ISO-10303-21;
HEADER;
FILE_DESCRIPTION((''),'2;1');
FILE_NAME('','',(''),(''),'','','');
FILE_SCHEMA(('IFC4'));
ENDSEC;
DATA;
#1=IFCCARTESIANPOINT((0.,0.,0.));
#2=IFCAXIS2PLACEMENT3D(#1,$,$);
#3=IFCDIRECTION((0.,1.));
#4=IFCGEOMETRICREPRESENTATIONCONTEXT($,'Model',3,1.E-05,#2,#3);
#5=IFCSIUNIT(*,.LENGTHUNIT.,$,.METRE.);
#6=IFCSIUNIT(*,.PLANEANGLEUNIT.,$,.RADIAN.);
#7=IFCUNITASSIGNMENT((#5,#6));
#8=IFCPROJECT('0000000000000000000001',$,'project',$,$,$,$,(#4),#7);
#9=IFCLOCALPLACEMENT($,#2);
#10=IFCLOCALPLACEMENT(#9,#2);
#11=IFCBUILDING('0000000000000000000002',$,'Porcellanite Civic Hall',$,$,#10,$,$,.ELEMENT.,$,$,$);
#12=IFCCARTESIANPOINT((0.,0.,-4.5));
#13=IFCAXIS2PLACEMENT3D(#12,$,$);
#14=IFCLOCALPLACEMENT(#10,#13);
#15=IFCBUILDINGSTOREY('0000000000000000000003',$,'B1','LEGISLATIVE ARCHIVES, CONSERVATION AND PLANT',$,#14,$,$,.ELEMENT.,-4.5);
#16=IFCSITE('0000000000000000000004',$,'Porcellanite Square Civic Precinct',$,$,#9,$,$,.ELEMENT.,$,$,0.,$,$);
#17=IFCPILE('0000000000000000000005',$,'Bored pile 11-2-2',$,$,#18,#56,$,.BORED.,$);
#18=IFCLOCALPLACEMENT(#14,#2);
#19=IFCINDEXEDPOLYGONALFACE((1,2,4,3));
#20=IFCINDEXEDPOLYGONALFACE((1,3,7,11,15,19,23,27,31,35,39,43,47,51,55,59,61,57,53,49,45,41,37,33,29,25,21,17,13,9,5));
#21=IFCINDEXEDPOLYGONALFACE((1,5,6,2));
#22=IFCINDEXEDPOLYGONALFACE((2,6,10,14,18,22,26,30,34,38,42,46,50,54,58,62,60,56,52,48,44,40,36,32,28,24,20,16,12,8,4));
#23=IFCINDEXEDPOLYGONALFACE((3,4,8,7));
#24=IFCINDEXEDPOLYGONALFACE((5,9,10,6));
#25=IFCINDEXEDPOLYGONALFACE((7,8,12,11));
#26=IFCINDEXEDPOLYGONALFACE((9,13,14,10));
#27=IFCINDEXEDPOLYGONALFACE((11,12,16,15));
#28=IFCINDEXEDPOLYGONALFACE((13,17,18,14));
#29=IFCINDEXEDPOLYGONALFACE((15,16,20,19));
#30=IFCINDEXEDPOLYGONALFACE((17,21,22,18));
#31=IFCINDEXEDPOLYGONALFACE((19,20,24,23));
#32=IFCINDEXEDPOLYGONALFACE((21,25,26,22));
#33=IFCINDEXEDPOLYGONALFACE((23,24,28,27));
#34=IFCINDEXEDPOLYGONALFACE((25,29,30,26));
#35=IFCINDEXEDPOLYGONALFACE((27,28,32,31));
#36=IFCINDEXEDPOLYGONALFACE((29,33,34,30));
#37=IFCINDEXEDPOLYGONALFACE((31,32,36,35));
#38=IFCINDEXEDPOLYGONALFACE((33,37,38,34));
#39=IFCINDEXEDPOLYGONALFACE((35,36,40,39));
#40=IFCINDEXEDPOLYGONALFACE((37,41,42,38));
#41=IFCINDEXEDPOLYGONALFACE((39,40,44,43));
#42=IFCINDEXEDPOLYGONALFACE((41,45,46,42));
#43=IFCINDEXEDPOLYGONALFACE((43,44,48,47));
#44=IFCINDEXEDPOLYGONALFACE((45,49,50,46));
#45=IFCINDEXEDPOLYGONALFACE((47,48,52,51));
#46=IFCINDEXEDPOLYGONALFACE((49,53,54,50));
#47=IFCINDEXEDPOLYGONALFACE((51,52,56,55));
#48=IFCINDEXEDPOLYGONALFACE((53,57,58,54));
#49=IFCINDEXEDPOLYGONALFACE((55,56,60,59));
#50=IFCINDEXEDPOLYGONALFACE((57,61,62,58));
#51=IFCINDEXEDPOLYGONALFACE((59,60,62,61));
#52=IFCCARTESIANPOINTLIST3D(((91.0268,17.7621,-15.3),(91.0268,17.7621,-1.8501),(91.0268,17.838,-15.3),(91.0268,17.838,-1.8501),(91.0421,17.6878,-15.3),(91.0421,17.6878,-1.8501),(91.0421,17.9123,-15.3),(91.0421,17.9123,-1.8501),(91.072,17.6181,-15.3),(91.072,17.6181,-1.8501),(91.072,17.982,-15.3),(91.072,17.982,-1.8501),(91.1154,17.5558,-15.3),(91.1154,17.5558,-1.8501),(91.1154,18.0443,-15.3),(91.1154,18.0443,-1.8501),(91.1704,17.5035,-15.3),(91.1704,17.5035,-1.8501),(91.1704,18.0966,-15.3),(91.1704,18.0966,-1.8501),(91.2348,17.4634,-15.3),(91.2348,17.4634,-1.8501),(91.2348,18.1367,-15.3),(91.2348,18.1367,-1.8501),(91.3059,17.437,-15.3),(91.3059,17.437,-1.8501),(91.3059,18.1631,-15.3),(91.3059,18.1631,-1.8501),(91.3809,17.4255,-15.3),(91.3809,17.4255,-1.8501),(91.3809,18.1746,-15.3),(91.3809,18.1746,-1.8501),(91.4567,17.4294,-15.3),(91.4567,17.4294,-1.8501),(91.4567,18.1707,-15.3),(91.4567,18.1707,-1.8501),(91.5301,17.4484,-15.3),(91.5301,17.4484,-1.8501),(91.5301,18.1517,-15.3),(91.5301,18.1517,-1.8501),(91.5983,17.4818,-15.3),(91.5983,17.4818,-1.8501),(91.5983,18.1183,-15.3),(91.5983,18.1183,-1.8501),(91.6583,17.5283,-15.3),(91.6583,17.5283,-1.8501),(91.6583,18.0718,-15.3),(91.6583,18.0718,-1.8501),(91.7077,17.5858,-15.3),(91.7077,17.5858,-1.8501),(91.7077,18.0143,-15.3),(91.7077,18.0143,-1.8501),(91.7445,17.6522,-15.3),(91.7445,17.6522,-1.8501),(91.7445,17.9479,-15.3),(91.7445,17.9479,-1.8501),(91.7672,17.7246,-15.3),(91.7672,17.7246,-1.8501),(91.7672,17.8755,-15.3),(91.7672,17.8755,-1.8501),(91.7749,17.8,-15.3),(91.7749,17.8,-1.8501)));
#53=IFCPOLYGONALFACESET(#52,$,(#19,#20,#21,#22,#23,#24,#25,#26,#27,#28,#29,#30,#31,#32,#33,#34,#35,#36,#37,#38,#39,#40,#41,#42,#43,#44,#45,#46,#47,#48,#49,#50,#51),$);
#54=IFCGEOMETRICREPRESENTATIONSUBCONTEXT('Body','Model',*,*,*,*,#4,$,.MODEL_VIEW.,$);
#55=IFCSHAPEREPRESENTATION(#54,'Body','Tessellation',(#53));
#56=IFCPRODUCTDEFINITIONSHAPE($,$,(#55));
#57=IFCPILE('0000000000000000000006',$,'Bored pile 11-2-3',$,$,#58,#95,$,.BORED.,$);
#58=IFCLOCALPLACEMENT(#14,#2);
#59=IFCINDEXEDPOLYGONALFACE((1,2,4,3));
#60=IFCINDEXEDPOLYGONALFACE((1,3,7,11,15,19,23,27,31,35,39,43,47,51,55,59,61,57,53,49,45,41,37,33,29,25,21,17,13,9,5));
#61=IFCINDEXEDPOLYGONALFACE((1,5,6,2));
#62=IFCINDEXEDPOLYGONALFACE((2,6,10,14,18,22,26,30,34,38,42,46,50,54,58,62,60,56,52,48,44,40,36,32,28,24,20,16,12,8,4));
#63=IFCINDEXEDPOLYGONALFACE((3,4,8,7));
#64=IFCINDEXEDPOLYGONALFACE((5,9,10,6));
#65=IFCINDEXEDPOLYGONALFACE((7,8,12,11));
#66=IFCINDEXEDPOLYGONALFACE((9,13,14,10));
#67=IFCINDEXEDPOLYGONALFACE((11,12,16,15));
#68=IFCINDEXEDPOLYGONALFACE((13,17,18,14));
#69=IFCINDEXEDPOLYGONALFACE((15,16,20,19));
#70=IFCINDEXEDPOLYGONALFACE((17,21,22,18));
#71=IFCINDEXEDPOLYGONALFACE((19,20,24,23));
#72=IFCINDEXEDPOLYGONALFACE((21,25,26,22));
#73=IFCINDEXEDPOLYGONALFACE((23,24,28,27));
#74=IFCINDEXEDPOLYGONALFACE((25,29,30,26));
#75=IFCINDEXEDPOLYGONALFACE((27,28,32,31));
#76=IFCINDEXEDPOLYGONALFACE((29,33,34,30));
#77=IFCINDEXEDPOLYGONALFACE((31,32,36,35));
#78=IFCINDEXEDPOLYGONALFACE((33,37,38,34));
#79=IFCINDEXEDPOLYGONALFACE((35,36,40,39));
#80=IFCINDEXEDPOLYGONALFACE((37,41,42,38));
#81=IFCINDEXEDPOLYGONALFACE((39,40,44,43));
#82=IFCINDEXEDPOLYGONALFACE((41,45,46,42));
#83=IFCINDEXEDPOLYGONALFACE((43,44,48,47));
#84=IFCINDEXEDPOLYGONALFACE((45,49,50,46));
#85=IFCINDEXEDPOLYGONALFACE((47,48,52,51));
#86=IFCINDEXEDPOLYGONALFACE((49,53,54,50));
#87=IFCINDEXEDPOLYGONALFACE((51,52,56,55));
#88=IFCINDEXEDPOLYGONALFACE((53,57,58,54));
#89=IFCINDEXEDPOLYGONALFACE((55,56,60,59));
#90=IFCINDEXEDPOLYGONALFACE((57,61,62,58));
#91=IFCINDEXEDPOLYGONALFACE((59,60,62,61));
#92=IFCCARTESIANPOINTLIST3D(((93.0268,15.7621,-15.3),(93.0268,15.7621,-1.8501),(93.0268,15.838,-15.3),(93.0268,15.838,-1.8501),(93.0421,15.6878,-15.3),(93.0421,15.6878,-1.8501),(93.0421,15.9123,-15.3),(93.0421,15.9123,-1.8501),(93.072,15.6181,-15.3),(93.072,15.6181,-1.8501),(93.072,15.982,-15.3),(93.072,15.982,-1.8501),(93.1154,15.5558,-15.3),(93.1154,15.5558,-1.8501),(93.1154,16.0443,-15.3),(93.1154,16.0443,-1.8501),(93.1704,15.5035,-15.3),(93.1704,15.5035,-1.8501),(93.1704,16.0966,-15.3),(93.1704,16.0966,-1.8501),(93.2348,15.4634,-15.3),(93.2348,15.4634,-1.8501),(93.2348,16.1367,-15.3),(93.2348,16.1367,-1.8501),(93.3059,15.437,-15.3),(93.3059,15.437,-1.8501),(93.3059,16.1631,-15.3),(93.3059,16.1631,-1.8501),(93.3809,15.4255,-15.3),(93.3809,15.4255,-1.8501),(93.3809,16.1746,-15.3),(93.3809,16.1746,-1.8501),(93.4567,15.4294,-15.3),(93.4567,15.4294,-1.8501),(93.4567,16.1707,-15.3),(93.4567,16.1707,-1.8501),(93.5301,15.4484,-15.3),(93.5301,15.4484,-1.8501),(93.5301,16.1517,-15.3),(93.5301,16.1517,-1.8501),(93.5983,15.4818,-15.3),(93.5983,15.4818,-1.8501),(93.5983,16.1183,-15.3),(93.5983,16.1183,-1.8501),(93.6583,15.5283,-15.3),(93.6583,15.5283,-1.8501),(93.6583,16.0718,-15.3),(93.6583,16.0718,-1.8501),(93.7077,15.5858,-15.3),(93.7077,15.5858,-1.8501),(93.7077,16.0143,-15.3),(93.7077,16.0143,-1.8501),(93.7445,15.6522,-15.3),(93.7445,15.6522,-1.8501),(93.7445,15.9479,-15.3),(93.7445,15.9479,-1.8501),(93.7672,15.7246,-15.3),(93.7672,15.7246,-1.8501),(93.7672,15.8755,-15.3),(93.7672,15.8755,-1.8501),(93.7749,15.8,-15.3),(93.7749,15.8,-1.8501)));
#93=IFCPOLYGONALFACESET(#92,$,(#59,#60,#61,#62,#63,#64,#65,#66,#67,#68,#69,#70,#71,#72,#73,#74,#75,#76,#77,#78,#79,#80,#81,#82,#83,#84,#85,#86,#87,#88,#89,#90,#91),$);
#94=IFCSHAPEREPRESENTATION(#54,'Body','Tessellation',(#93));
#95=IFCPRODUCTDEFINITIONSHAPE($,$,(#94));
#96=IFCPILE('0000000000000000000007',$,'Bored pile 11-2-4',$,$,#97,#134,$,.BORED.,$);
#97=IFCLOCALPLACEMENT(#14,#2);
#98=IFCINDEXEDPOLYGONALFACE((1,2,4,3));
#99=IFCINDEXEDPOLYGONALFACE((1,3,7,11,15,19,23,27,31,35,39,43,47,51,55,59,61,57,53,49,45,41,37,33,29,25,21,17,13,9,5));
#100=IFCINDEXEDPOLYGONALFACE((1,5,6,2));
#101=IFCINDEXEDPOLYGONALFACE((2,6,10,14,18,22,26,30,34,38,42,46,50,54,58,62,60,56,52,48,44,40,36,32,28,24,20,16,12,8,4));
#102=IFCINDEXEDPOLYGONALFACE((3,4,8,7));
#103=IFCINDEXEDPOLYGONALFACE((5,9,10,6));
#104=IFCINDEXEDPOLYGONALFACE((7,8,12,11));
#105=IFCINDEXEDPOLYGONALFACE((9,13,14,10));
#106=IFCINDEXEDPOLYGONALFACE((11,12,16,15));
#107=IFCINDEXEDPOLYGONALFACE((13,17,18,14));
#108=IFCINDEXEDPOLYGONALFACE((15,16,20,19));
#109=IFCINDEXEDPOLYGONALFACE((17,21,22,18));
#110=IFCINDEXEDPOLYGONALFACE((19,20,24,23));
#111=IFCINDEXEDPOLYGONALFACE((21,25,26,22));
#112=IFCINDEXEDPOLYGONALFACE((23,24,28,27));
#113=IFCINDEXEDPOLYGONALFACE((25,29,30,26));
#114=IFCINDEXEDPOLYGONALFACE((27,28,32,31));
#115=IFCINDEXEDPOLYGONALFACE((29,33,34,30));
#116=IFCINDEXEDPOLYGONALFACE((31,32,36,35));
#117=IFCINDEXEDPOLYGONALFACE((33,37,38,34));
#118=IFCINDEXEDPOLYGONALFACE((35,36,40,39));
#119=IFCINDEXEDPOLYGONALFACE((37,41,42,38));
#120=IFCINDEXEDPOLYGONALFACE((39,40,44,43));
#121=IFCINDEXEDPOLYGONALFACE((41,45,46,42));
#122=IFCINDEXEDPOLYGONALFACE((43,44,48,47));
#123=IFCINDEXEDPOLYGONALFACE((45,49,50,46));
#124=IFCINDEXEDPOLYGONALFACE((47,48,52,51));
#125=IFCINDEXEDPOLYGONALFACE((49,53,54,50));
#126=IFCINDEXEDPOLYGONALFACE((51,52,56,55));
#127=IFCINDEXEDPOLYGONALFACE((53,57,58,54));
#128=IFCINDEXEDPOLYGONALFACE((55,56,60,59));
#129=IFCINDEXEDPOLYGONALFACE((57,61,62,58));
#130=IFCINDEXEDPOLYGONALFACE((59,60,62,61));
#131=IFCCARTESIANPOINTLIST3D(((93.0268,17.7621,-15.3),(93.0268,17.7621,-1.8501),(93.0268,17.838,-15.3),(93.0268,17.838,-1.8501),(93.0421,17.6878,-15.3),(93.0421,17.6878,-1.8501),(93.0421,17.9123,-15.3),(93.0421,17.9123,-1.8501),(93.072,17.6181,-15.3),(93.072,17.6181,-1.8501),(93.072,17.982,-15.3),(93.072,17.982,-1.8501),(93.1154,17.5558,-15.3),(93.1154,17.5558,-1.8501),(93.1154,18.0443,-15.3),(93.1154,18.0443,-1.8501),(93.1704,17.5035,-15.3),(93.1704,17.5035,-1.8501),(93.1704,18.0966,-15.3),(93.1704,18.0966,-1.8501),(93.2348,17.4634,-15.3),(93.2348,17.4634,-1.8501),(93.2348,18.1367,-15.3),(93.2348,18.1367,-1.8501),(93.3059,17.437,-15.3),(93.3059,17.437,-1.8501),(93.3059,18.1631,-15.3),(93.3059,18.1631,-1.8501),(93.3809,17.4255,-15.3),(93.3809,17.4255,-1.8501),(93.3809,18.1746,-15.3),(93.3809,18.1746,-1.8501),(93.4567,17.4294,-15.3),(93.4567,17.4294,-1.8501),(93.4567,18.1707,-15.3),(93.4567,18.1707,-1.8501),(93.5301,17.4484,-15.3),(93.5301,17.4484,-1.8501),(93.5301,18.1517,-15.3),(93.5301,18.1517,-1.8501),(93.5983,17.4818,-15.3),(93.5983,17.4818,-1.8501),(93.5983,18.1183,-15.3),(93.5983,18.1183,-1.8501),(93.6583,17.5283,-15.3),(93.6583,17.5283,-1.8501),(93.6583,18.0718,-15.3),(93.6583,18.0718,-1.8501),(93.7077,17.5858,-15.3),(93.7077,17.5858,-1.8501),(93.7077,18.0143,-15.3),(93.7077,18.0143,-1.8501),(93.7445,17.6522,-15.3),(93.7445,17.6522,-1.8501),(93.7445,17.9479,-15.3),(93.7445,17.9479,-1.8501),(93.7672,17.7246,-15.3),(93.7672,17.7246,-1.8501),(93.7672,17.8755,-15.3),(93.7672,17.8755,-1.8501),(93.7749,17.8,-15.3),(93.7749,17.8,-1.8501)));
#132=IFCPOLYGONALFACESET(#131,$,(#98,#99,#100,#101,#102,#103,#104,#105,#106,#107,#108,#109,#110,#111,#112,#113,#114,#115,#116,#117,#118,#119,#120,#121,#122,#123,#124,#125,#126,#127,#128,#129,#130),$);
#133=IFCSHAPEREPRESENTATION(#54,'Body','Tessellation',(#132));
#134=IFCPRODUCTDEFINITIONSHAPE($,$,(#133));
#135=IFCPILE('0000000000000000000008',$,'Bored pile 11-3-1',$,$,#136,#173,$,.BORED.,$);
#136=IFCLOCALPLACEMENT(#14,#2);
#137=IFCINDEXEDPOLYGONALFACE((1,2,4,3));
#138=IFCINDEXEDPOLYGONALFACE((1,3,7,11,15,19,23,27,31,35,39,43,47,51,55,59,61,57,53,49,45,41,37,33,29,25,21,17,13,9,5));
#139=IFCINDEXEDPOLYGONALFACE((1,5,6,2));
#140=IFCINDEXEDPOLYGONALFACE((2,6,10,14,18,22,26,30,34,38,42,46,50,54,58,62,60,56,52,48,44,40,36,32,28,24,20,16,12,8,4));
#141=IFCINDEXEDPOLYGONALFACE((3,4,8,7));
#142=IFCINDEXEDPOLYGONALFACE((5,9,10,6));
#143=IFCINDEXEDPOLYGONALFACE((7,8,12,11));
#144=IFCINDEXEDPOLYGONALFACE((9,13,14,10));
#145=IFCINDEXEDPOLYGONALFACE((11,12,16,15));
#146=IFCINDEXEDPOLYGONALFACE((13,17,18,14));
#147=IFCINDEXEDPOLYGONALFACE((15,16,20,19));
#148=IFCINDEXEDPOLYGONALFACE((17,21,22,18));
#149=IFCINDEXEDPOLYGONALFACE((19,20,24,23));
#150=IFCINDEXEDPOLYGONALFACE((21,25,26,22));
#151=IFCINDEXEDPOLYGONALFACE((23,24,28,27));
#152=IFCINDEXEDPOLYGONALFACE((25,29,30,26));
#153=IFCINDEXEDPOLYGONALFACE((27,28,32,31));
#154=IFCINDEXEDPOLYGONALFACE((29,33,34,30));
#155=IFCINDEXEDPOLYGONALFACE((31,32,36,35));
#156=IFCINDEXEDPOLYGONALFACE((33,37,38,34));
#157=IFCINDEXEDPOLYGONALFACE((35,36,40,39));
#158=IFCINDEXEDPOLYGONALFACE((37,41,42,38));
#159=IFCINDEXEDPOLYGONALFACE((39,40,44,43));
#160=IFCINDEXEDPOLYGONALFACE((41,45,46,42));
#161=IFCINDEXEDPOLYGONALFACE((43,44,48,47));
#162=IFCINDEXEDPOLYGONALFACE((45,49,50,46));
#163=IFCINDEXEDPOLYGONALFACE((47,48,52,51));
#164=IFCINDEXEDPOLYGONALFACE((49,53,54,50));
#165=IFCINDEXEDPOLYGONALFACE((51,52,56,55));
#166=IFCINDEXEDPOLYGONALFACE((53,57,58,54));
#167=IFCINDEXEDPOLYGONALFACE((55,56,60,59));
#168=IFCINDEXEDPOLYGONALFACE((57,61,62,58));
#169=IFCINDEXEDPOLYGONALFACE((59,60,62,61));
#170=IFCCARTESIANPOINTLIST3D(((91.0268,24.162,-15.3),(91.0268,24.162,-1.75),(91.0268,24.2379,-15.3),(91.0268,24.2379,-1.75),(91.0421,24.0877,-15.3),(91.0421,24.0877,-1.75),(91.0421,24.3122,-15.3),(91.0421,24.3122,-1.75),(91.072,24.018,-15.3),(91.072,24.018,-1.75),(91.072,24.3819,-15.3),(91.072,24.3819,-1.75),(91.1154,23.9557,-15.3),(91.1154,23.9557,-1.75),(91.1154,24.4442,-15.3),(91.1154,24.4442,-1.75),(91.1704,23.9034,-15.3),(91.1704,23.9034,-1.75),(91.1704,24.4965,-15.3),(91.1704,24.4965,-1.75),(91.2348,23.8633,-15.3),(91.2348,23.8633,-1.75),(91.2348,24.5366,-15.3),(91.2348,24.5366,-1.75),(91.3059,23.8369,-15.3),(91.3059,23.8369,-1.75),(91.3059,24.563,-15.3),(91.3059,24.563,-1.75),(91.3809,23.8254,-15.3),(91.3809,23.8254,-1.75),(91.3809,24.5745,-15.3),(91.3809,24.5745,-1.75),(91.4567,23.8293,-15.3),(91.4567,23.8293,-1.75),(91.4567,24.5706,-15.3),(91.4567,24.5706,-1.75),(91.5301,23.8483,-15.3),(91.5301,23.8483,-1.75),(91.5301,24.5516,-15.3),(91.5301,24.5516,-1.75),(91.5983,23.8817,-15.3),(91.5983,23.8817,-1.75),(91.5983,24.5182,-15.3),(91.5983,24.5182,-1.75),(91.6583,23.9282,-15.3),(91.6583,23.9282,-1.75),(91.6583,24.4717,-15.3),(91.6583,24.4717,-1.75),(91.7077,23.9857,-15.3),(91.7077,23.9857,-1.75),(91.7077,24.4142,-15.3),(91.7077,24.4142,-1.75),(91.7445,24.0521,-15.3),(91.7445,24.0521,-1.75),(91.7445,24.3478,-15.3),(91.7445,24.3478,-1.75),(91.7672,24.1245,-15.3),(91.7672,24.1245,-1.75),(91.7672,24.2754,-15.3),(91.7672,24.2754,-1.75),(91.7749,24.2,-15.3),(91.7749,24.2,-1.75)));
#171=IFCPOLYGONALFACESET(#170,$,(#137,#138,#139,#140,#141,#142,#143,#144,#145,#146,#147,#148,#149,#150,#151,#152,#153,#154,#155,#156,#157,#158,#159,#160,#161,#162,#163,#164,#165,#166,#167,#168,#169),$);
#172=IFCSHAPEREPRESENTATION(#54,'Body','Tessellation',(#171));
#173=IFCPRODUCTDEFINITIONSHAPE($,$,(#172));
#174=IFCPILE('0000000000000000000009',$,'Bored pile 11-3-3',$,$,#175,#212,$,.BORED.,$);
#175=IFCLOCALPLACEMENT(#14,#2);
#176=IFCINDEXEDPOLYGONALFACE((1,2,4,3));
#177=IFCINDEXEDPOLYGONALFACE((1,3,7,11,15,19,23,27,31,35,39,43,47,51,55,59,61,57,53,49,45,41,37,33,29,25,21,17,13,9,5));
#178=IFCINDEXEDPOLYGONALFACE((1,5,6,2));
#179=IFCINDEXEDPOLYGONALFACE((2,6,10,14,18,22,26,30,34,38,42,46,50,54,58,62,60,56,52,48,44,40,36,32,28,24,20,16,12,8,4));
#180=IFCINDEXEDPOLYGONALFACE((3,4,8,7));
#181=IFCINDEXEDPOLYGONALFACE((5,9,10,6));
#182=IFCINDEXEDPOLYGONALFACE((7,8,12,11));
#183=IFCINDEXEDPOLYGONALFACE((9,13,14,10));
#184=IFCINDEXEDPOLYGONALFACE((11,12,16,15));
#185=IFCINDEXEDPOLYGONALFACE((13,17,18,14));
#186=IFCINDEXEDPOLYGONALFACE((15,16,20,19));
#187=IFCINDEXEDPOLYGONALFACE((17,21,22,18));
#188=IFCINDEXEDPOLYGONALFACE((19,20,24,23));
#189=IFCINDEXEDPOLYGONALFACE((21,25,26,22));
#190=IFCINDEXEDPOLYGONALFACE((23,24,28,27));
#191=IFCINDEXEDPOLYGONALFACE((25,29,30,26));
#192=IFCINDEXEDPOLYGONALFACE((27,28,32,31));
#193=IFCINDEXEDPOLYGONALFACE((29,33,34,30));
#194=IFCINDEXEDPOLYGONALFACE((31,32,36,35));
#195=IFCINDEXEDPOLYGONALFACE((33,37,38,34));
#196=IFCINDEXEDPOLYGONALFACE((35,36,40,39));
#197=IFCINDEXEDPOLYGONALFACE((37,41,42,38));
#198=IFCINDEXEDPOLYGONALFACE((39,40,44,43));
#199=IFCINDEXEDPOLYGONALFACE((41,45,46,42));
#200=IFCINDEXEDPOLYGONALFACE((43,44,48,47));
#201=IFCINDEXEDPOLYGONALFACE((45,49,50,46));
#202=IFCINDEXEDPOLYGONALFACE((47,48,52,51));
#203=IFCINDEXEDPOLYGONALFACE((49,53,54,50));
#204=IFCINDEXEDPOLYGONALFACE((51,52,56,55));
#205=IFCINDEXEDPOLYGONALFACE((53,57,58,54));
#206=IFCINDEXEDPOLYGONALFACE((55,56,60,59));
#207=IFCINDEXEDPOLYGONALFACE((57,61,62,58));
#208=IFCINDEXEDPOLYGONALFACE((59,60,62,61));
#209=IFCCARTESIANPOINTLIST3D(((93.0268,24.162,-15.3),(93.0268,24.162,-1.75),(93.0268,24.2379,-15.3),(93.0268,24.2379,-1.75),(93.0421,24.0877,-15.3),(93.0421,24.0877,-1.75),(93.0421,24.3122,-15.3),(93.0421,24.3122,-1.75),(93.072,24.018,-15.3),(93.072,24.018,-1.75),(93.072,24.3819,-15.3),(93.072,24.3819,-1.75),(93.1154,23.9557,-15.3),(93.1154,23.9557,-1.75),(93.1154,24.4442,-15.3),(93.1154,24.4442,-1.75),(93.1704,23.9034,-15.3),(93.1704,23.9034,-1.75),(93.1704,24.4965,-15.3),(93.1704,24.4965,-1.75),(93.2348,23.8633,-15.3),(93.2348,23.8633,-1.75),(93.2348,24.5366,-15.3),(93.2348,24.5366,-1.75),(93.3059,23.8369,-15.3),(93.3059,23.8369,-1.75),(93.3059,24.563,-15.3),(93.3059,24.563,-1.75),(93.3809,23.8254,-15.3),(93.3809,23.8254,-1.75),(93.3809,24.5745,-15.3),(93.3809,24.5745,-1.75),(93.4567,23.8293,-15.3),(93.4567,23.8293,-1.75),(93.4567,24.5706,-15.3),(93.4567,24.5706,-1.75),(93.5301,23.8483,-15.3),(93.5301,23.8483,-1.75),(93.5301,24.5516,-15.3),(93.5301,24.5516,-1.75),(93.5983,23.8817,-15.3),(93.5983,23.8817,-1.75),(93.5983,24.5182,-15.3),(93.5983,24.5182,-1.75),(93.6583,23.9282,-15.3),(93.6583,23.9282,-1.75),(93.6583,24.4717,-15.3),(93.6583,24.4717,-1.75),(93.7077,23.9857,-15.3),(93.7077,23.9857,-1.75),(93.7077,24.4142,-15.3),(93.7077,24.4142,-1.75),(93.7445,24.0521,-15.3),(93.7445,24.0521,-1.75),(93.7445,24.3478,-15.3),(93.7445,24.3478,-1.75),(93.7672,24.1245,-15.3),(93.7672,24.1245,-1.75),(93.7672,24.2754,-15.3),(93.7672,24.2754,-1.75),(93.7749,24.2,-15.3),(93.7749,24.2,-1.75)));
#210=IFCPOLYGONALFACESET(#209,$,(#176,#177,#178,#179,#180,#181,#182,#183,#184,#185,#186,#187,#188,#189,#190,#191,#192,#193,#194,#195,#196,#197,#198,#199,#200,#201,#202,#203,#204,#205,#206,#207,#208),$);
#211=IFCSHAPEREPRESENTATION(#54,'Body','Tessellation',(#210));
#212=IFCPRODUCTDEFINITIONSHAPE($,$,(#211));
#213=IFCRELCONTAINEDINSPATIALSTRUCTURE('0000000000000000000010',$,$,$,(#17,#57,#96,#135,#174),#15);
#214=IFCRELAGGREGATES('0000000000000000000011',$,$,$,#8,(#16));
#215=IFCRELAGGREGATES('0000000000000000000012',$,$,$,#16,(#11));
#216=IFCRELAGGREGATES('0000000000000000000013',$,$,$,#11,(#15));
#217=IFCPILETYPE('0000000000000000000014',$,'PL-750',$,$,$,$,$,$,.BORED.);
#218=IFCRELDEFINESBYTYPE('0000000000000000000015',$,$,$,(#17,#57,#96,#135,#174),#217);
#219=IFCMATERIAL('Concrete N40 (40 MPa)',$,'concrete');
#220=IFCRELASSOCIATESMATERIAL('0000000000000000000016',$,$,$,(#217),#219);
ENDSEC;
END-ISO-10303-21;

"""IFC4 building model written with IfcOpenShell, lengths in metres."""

from ifc_helpers import new_model, si_unit, direction, frame, origin, origin_2d, place, context, subcontext, project, spatial, circle, extrude, material, material_profile, profile_set, type_object, element, save


model = new_model("IFC4")

# Units and contexts
model_context = context("Model", 3, precision=1e-05, world=origin(), true_north=direction((0.0, 1.0)))
body_context = subcontext(model_context, "Body", "Model", "MODEL_VIEW")
ifc_project = project(units=[si_unit("LENGTHUNIT", "METRE"), si_unit("PLANEANGLEUNIT", "RADIAN")], contexts=[model_context])

# Site, building, storey
site_placement = place(None, origin())
site = spatial("IfcSite", under=ifc_project, at=site_placement, Name="Porcellanite Square Civic Precinct", CompositionType="ELEMENT", RefElevation=0.0)
building_placement = place(site_placement, origin())
building = spatial("IfcBuilding", under=site, at=building_placement, Name="Porcellanite Civic Hall", CompositionType="ELEMENT")
storey_placement = place(building_placement, frame((0.0, 0.0, -4.5)))
storey = spatial("IfcBuildingStorey", under=building, at=storey_placement, Name="B1", Description="LEGISLATIVE ARCHIVES, CONSERVATION AND PLANT", CompositionType="ELEMENT", Elevation=-4.5)

# Piles
ifc_material_1 = material(Name="Concrete N40 (40 MPa)", Category="concrete")
ifc_material_profile_1 = material_profile(ifc_material_1, circle(Radius=0.375, at=origin_2d()), Name="PILE-D750")
ifc_profile_set_1 = profile_set([ifc_material_profile_1], Name="Concrete N40 (40 MPa)")
pile_type = type_object("IfcPileType", Name="PL-750", PredefinedType="BORED", material=ifc_profile_set_1)
for number, where, z_axis, x_axis, name in (
    (1, (91.3999, 17.8, -1.8501), (0.0, 0.0, -1.0), (1.0, 0.0, 0.0), "Bored pile 11-2-2"),
    (2, (93.3999, 15.8, -1.8501), (0.0, 0.0, -1.0), (1.0, 0.0, 0.0), "Bored pile 11-2-3"),
    (3, (93.3999, 17.8, -1.8501), (0.0, 0.0, -1.0), (1.0, 0.0, 0.0), "Bored pile 11-2-4"),
):
    element("IfcPile", number, at=place(storey_placement, frame(where, z_axis=z_axis, x_axis=x_axis)), inside=storey, type_object=pile_type, Name=name, PredefinedType="BORED", context=body_context, shape_type="SweptSolid", body=[
        extrude(circle(Radius=0.375, at=origin_2d()), origin(), (0.0, 0.0, 1.0), 13.45),
    ])
for number, where, z_axis, x_axis, name in (
    (4, (91.3999, 24.2, -1.75), (0.0, 0.0, -1.0), (1.0, 0.0, 0.0), "Bored pile 11-3-1"),
    (5, (93.3999, 24.2, -1.75), (0.0, 0.0, -1.0), (1.0, 0.0, 0.0), "Bored pile 11-3-3"),
):
    element("IfcPile", number, at=place(storey_placement, frame(where, z_axis=z_axis, x_axis=x_axis)), inside=storey, type_object=pile_type, Name=name, PredefinedType="BORED", context=body_context, shape_type="SweptSolid", body=[
        extrude(circle(Radius=0.375, at=origin_2d()), origin(), (0.0, 0.0, 1.0), 13.55),
    ])

save(model, "model.ifc")
